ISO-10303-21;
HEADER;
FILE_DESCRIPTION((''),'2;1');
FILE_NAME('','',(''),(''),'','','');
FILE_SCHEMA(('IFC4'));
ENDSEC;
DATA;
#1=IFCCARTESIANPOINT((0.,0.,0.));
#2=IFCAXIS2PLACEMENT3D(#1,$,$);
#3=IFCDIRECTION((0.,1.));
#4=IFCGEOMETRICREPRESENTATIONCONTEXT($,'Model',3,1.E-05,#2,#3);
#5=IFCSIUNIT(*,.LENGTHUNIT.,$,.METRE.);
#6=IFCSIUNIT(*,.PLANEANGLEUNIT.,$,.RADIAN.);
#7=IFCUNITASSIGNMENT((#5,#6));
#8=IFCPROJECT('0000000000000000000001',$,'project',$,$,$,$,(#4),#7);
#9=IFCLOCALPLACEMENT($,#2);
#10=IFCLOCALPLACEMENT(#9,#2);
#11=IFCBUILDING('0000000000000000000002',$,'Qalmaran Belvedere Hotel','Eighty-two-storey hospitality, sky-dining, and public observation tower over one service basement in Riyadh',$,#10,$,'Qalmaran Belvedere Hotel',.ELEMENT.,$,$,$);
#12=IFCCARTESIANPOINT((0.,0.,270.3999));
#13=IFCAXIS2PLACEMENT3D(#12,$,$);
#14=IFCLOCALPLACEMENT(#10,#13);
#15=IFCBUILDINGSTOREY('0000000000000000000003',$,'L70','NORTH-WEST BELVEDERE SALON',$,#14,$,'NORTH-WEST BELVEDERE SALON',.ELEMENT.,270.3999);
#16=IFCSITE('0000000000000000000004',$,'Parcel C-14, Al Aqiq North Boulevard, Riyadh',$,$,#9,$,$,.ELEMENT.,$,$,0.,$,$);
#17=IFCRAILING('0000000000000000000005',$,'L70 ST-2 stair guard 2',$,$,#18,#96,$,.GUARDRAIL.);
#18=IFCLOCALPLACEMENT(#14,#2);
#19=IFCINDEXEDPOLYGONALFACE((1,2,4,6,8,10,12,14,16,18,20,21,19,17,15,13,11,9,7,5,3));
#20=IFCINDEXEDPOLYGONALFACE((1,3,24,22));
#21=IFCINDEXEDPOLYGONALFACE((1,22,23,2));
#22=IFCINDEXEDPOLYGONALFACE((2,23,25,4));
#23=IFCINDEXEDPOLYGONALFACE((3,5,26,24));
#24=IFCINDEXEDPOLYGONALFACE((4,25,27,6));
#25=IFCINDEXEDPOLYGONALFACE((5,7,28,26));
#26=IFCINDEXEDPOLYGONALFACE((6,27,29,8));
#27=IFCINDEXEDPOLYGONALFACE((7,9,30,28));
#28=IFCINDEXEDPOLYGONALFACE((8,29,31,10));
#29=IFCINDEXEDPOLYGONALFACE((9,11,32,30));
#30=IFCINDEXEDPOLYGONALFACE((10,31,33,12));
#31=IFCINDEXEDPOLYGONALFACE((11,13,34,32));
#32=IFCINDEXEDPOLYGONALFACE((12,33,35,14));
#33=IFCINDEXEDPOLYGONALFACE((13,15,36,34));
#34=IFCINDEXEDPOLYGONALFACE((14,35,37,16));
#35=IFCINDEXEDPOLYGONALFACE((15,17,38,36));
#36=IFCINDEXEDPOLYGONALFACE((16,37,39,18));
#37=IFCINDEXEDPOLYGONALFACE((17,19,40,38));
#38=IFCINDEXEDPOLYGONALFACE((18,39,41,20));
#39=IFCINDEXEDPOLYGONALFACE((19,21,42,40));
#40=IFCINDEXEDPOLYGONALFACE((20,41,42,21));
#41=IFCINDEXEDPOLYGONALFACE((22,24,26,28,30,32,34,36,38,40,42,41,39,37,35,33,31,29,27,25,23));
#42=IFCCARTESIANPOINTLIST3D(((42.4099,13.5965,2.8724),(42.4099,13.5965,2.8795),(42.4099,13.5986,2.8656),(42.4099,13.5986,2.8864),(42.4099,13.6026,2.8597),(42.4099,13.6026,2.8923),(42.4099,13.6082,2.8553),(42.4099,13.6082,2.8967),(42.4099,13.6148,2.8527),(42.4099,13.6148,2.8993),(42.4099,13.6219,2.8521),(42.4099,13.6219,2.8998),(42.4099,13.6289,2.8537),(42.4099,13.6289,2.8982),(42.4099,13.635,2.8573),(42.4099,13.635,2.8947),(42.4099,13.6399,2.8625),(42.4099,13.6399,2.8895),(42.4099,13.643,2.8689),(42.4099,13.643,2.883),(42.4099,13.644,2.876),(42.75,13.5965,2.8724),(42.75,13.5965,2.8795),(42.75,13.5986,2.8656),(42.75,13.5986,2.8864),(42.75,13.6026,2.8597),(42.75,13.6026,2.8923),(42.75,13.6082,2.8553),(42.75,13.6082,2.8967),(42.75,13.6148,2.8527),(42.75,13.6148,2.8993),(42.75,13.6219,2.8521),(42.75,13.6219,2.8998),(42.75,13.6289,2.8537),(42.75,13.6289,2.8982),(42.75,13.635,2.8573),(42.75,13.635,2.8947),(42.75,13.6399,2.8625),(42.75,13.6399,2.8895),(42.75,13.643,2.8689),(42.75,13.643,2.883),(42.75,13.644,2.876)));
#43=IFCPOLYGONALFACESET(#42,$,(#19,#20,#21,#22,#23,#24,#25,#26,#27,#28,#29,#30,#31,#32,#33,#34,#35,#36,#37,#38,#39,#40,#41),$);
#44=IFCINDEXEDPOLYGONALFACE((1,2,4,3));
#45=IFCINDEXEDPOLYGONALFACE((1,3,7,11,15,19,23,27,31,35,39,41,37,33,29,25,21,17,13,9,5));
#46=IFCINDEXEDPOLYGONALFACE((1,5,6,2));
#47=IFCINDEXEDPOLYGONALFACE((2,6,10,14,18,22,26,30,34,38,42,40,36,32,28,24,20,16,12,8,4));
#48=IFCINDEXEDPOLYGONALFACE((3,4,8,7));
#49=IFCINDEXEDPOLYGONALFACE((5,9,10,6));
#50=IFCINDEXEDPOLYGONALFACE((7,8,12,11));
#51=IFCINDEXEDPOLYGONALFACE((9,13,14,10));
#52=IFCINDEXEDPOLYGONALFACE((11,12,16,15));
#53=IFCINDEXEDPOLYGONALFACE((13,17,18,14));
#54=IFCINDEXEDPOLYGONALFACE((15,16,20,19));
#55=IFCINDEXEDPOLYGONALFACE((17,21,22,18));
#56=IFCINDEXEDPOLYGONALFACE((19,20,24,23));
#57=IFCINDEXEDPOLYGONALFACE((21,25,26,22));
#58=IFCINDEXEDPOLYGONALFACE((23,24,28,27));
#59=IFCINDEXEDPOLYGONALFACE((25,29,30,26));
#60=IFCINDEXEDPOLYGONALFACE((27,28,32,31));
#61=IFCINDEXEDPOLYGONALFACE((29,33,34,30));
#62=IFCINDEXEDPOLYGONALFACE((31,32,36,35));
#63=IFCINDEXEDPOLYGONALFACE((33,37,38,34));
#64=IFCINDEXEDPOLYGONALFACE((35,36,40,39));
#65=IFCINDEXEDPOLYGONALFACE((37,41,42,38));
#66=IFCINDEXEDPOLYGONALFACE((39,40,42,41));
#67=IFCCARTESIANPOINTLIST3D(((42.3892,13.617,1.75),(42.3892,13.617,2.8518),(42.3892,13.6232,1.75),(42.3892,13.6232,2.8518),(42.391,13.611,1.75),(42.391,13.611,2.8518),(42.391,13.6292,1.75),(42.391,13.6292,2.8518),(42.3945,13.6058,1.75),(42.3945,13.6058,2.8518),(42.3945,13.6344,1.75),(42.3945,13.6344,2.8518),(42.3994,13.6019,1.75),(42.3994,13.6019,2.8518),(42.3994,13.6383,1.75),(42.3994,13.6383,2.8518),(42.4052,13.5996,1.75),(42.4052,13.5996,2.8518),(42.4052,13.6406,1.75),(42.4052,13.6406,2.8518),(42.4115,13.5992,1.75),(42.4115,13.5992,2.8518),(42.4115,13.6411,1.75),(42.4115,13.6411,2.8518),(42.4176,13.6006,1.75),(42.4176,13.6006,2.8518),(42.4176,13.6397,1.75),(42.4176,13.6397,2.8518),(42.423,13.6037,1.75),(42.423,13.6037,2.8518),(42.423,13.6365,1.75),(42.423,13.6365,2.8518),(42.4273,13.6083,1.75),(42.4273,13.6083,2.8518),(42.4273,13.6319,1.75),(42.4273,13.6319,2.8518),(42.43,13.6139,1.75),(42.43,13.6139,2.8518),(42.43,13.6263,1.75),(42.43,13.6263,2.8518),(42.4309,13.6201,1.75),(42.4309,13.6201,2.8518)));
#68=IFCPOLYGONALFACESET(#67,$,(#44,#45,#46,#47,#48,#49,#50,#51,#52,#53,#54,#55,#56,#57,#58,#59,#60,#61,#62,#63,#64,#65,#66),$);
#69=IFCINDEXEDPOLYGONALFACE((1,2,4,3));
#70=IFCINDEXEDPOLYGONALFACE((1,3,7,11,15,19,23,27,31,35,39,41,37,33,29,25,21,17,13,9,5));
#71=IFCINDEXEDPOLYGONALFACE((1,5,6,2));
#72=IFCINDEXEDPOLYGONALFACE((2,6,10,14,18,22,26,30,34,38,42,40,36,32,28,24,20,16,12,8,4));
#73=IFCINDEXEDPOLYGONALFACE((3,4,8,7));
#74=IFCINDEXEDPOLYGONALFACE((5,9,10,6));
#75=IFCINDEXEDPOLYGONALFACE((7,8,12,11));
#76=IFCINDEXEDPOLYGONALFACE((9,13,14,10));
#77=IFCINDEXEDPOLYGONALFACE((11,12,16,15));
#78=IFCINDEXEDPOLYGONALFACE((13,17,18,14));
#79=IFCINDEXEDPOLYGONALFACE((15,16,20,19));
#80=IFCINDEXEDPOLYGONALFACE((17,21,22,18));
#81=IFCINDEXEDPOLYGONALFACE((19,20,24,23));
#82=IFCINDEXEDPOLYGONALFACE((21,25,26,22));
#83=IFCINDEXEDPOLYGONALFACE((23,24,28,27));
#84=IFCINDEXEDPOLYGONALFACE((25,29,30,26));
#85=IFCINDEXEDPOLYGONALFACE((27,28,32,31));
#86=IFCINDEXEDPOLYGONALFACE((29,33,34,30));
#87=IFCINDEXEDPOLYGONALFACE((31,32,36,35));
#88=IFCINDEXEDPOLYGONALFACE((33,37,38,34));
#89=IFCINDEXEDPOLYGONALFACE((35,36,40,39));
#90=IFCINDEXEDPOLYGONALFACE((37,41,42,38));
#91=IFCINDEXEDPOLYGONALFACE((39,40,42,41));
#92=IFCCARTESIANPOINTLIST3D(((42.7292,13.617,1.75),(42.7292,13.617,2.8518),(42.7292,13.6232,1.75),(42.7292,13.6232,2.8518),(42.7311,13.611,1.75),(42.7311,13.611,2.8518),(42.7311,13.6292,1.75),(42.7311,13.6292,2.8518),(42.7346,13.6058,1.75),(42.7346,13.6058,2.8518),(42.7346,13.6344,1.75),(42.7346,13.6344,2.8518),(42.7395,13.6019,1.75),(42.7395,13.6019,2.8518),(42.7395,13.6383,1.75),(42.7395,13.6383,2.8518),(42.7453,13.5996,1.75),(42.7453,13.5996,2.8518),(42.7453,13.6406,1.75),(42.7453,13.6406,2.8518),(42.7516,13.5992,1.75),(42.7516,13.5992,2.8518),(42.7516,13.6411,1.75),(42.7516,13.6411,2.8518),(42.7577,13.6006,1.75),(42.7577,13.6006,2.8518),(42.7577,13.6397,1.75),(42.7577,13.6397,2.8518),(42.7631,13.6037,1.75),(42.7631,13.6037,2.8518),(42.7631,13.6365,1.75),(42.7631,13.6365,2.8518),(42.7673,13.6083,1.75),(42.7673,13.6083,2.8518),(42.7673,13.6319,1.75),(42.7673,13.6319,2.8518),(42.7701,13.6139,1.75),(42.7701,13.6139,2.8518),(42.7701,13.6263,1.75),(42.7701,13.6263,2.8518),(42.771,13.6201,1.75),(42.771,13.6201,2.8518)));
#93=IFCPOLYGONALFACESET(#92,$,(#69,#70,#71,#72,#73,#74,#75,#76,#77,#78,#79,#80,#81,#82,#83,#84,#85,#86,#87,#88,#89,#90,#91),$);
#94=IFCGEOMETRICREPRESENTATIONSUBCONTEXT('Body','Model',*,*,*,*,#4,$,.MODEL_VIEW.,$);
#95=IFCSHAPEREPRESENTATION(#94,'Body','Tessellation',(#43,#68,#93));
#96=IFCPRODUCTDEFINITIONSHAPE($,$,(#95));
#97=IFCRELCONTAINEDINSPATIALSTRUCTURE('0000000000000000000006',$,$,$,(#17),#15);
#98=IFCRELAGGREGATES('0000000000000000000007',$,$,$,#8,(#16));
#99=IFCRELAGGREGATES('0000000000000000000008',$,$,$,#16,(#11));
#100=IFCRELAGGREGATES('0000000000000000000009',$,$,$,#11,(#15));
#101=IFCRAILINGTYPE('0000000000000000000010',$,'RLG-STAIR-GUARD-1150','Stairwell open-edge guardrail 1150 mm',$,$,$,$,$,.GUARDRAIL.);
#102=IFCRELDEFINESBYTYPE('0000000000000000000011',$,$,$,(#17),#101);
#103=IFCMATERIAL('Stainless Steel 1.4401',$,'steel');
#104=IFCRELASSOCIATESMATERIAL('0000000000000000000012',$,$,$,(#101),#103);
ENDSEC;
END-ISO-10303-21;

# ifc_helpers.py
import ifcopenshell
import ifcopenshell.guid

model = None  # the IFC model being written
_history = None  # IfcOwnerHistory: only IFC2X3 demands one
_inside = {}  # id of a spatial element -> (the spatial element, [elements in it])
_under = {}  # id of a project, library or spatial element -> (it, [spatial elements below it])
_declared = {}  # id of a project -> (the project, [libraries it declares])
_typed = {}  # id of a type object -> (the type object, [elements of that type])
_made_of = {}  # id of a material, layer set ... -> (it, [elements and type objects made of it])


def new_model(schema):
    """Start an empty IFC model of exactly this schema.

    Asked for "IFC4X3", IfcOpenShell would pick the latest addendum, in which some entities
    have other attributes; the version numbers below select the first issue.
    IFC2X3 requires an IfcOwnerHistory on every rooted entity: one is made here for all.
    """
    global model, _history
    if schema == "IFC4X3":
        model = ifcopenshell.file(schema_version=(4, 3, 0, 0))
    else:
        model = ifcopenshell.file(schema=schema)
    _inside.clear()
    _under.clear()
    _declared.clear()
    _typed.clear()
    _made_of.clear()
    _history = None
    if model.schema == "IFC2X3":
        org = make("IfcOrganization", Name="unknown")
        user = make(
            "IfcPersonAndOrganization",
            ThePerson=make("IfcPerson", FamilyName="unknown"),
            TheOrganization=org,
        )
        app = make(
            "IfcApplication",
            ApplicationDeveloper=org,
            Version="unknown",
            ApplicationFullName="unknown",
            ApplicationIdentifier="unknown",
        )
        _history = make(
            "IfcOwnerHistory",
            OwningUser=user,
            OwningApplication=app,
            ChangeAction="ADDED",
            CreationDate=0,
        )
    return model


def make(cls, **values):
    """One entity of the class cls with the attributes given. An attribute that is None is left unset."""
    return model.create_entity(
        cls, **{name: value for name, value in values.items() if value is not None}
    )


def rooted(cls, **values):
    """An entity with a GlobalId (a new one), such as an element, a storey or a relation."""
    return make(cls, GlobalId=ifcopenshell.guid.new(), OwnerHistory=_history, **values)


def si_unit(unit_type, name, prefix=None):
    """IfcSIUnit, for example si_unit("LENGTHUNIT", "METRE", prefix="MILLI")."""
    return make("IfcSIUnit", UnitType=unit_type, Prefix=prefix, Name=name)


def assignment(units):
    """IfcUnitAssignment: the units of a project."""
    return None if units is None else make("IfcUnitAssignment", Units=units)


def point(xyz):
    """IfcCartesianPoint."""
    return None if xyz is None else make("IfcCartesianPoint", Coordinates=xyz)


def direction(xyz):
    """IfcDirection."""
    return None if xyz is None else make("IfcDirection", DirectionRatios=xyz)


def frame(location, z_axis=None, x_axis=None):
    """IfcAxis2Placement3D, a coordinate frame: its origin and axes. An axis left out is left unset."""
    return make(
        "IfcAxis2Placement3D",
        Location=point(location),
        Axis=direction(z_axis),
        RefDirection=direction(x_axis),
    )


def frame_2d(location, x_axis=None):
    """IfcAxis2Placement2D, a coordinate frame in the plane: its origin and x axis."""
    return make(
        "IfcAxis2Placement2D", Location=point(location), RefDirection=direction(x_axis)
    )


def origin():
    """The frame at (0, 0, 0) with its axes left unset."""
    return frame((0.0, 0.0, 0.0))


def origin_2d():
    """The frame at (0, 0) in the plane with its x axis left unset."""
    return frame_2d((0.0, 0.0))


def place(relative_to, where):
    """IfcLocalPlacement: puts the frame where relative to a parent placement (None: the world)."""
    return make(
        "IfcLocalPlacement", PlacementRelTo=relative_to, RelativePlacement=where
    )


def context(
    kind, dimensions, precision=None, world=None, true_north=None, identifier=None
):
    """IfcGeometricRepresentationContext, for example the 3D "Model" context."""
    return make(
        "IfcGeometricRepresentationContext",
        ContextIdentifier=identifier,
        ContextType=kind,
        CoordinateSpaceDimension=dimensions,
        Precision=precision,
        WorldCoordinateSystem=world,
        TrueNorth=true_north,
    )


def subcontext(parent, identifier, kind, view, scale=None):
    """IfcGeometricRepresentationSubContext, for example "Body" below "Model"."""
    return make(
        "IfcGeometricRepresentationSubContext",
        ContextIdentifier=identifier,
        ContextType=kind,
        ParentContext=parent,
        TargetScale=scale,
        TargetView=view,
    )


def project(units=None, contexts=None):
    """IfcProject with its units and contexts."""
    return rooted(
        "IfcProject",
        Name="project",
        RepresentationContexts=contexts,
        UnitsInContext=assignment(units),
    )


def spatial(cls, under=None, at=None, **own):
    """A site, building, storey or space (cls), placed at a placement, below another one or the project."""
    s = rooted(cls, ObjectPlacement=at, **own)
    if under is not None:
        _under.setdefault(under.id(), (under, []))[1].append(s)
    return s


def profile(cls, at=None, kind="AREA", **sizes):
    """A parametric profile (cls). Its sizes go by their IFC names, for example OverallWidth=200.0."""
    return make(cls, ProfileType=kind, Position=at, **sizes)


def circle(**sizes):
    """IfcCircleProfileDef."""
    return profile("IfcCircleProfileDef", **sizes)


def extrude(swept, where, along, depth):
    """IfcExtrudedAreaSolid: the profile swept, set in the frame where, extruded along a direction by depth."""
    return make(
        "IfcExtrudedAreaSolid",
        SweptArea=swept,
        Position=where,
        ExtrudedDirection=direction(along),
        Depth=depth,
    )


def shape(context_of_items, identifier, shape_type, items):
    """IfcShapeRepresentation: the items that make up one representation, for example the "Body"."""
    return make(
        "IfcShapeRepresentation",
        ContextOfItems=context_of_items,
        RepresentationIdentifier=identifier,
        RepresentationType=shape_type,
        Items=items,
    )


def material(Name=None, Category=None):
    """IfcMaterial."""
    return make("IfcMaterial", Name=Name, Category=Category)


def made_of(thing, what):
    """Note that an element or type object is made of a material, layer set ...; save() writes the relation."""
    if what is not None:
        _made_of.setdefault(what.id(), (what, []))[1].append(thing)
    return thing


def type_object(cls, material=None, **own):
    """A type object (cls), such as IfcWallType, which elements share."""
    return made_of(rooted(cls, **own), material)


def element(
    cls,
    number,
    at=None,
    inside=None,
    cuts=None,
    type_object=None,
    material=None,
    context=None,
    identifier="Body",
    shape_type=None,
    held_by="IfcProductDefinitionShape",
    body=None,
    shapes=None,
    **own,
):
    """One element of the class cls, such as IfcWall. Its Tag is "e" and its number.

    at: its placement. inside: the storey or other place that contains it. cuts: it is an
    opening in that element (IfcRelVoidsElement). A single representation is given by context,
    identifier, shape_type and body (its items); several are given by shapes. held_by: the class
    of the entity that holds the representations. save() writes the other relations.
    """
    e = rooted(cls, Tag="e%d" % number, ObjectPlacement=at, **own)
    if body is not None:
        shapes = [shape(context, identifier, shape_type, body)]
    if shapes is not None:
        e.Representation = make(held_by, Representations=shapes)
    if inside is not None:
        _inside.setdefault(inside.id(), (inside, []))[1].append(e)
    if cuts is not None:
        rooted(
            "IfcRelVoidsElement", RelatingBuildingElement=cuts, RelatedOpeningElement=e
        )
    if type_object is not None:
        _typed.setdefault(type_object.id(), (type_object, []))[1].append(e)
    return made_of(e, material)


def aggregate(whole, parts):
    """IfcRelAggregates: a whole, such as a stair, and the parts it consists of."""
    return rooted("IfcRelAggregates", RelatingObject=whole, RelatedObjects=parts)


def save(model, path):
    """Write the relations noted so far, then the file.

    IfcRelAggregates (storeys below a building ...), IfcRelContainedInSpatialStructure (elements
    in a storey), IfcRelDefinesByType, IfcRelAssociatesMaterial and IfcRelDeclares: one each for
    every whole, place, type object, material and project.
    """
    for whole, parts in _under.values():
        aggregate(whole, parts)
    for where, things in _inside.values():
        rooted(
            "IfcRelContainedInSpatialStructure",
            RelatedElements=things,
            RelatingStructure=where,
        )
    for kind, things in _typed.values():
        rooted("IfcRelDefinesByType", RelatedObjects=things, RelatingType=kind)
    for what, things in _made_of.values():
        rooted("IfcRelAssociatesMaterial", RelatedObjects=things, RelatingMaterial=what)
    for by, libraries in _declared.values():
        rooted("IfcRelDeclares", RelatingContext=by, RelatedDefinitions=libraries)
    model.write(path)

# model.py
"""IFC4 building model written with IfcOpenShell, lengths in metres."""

from ifc_helpers import new_model, si_unit, direction, frame, origin, origin_2d, place, context, subcontext, project, spatial, circle, extrude, material, type_object, element, save


model = new_model("IFC4")

# Units and contexts
model_context = context("Model", 3, precision=1e-05, world=origin(), true_north=direction((0.0, 1.0)))
body_context = subcontext(model_context, "Body", "Model", "MODEL_VIEW")
ifc_project = project(units=[si_unit("LENGTHUNIT", "METRE"), si_unit("PLANEANGLEUNIT", "RADIAN")], contexts=[model_context])

# Site, building, storey
site_placement = place(None, origin())
site = spatial("IfcSite", under=ifc_project, at=site_placement, Name="Parcel C-14, Al Aqiq North Boulevard, Riyadh", CompositionType="ELEMENT", RefElevation=0.0)
building_placement = place(site_placement, origin())
building = spatial("IfcBuilding", under=site, at=building_placement, Name="Qalmaran Belvedere Hotel", Description="Eighty-two-storey hospitality, sky-dining, and public observation tower over one service basement in Riyadh", LongName="Qalmaran Belvedere Hotel", CompositionType="ELEMENT")
storey_placement = place(building_placement, frame((0.0, 0.0, 270.3999)))
storey = spatial("IfcBuildingStorey", under=building, at=storey_placement, Name="L70", Description="NORTH-WEST BELVEDERE SALON", LongName="NORTH-WEST BELVEDERE SALON", CompositionType="ELEMENT", Elevation=270.3999)

# Railing
ifc_material_1 = material(Name="Stainless Steel 1.4401", Category="steel")
railing_type_1 = type_object("IfcRailingType", Name="RLG-STAIR-GUARD-1150", Description="Stairwell open-edge guardrail 1150 mm", PredefinedType="GUARDRAIL", material=ifc_material_1)
railing_1_placement = place(storey_placement, frame((42.4099, 13.6201, 1.75)))
element("IfcRailing", 1, at=railing_1_placement, inside=storey, type_object=railing_type_1, Name="L70 ST-2 stair guard 2", PredefinedType="GUARDRAIL", context=body_context, shape_type="SweptSolid", body=[
    extrude(circle(Radius=0.0239, at=origin_2d()), frame((0.0, 0.0, 1.126), z_axis=(1.0, 0.0, 0.0), x_axis=(0.0, 1.0, 0.0)), (0.0, 0.0, 1.0), 0.3401),
    extrude(circle(Radius=0.021, at=origin_2d()), origin(), (0.0, 0.0, 1.0), 1.1018),
    extrude(circle(Radius=0.021, at=origin_2d()), frame((0.3401, 0.0, 0.0)), (0.0, 0.0, 1.0), 1.1018),
])

save(model, "model.ifc")
